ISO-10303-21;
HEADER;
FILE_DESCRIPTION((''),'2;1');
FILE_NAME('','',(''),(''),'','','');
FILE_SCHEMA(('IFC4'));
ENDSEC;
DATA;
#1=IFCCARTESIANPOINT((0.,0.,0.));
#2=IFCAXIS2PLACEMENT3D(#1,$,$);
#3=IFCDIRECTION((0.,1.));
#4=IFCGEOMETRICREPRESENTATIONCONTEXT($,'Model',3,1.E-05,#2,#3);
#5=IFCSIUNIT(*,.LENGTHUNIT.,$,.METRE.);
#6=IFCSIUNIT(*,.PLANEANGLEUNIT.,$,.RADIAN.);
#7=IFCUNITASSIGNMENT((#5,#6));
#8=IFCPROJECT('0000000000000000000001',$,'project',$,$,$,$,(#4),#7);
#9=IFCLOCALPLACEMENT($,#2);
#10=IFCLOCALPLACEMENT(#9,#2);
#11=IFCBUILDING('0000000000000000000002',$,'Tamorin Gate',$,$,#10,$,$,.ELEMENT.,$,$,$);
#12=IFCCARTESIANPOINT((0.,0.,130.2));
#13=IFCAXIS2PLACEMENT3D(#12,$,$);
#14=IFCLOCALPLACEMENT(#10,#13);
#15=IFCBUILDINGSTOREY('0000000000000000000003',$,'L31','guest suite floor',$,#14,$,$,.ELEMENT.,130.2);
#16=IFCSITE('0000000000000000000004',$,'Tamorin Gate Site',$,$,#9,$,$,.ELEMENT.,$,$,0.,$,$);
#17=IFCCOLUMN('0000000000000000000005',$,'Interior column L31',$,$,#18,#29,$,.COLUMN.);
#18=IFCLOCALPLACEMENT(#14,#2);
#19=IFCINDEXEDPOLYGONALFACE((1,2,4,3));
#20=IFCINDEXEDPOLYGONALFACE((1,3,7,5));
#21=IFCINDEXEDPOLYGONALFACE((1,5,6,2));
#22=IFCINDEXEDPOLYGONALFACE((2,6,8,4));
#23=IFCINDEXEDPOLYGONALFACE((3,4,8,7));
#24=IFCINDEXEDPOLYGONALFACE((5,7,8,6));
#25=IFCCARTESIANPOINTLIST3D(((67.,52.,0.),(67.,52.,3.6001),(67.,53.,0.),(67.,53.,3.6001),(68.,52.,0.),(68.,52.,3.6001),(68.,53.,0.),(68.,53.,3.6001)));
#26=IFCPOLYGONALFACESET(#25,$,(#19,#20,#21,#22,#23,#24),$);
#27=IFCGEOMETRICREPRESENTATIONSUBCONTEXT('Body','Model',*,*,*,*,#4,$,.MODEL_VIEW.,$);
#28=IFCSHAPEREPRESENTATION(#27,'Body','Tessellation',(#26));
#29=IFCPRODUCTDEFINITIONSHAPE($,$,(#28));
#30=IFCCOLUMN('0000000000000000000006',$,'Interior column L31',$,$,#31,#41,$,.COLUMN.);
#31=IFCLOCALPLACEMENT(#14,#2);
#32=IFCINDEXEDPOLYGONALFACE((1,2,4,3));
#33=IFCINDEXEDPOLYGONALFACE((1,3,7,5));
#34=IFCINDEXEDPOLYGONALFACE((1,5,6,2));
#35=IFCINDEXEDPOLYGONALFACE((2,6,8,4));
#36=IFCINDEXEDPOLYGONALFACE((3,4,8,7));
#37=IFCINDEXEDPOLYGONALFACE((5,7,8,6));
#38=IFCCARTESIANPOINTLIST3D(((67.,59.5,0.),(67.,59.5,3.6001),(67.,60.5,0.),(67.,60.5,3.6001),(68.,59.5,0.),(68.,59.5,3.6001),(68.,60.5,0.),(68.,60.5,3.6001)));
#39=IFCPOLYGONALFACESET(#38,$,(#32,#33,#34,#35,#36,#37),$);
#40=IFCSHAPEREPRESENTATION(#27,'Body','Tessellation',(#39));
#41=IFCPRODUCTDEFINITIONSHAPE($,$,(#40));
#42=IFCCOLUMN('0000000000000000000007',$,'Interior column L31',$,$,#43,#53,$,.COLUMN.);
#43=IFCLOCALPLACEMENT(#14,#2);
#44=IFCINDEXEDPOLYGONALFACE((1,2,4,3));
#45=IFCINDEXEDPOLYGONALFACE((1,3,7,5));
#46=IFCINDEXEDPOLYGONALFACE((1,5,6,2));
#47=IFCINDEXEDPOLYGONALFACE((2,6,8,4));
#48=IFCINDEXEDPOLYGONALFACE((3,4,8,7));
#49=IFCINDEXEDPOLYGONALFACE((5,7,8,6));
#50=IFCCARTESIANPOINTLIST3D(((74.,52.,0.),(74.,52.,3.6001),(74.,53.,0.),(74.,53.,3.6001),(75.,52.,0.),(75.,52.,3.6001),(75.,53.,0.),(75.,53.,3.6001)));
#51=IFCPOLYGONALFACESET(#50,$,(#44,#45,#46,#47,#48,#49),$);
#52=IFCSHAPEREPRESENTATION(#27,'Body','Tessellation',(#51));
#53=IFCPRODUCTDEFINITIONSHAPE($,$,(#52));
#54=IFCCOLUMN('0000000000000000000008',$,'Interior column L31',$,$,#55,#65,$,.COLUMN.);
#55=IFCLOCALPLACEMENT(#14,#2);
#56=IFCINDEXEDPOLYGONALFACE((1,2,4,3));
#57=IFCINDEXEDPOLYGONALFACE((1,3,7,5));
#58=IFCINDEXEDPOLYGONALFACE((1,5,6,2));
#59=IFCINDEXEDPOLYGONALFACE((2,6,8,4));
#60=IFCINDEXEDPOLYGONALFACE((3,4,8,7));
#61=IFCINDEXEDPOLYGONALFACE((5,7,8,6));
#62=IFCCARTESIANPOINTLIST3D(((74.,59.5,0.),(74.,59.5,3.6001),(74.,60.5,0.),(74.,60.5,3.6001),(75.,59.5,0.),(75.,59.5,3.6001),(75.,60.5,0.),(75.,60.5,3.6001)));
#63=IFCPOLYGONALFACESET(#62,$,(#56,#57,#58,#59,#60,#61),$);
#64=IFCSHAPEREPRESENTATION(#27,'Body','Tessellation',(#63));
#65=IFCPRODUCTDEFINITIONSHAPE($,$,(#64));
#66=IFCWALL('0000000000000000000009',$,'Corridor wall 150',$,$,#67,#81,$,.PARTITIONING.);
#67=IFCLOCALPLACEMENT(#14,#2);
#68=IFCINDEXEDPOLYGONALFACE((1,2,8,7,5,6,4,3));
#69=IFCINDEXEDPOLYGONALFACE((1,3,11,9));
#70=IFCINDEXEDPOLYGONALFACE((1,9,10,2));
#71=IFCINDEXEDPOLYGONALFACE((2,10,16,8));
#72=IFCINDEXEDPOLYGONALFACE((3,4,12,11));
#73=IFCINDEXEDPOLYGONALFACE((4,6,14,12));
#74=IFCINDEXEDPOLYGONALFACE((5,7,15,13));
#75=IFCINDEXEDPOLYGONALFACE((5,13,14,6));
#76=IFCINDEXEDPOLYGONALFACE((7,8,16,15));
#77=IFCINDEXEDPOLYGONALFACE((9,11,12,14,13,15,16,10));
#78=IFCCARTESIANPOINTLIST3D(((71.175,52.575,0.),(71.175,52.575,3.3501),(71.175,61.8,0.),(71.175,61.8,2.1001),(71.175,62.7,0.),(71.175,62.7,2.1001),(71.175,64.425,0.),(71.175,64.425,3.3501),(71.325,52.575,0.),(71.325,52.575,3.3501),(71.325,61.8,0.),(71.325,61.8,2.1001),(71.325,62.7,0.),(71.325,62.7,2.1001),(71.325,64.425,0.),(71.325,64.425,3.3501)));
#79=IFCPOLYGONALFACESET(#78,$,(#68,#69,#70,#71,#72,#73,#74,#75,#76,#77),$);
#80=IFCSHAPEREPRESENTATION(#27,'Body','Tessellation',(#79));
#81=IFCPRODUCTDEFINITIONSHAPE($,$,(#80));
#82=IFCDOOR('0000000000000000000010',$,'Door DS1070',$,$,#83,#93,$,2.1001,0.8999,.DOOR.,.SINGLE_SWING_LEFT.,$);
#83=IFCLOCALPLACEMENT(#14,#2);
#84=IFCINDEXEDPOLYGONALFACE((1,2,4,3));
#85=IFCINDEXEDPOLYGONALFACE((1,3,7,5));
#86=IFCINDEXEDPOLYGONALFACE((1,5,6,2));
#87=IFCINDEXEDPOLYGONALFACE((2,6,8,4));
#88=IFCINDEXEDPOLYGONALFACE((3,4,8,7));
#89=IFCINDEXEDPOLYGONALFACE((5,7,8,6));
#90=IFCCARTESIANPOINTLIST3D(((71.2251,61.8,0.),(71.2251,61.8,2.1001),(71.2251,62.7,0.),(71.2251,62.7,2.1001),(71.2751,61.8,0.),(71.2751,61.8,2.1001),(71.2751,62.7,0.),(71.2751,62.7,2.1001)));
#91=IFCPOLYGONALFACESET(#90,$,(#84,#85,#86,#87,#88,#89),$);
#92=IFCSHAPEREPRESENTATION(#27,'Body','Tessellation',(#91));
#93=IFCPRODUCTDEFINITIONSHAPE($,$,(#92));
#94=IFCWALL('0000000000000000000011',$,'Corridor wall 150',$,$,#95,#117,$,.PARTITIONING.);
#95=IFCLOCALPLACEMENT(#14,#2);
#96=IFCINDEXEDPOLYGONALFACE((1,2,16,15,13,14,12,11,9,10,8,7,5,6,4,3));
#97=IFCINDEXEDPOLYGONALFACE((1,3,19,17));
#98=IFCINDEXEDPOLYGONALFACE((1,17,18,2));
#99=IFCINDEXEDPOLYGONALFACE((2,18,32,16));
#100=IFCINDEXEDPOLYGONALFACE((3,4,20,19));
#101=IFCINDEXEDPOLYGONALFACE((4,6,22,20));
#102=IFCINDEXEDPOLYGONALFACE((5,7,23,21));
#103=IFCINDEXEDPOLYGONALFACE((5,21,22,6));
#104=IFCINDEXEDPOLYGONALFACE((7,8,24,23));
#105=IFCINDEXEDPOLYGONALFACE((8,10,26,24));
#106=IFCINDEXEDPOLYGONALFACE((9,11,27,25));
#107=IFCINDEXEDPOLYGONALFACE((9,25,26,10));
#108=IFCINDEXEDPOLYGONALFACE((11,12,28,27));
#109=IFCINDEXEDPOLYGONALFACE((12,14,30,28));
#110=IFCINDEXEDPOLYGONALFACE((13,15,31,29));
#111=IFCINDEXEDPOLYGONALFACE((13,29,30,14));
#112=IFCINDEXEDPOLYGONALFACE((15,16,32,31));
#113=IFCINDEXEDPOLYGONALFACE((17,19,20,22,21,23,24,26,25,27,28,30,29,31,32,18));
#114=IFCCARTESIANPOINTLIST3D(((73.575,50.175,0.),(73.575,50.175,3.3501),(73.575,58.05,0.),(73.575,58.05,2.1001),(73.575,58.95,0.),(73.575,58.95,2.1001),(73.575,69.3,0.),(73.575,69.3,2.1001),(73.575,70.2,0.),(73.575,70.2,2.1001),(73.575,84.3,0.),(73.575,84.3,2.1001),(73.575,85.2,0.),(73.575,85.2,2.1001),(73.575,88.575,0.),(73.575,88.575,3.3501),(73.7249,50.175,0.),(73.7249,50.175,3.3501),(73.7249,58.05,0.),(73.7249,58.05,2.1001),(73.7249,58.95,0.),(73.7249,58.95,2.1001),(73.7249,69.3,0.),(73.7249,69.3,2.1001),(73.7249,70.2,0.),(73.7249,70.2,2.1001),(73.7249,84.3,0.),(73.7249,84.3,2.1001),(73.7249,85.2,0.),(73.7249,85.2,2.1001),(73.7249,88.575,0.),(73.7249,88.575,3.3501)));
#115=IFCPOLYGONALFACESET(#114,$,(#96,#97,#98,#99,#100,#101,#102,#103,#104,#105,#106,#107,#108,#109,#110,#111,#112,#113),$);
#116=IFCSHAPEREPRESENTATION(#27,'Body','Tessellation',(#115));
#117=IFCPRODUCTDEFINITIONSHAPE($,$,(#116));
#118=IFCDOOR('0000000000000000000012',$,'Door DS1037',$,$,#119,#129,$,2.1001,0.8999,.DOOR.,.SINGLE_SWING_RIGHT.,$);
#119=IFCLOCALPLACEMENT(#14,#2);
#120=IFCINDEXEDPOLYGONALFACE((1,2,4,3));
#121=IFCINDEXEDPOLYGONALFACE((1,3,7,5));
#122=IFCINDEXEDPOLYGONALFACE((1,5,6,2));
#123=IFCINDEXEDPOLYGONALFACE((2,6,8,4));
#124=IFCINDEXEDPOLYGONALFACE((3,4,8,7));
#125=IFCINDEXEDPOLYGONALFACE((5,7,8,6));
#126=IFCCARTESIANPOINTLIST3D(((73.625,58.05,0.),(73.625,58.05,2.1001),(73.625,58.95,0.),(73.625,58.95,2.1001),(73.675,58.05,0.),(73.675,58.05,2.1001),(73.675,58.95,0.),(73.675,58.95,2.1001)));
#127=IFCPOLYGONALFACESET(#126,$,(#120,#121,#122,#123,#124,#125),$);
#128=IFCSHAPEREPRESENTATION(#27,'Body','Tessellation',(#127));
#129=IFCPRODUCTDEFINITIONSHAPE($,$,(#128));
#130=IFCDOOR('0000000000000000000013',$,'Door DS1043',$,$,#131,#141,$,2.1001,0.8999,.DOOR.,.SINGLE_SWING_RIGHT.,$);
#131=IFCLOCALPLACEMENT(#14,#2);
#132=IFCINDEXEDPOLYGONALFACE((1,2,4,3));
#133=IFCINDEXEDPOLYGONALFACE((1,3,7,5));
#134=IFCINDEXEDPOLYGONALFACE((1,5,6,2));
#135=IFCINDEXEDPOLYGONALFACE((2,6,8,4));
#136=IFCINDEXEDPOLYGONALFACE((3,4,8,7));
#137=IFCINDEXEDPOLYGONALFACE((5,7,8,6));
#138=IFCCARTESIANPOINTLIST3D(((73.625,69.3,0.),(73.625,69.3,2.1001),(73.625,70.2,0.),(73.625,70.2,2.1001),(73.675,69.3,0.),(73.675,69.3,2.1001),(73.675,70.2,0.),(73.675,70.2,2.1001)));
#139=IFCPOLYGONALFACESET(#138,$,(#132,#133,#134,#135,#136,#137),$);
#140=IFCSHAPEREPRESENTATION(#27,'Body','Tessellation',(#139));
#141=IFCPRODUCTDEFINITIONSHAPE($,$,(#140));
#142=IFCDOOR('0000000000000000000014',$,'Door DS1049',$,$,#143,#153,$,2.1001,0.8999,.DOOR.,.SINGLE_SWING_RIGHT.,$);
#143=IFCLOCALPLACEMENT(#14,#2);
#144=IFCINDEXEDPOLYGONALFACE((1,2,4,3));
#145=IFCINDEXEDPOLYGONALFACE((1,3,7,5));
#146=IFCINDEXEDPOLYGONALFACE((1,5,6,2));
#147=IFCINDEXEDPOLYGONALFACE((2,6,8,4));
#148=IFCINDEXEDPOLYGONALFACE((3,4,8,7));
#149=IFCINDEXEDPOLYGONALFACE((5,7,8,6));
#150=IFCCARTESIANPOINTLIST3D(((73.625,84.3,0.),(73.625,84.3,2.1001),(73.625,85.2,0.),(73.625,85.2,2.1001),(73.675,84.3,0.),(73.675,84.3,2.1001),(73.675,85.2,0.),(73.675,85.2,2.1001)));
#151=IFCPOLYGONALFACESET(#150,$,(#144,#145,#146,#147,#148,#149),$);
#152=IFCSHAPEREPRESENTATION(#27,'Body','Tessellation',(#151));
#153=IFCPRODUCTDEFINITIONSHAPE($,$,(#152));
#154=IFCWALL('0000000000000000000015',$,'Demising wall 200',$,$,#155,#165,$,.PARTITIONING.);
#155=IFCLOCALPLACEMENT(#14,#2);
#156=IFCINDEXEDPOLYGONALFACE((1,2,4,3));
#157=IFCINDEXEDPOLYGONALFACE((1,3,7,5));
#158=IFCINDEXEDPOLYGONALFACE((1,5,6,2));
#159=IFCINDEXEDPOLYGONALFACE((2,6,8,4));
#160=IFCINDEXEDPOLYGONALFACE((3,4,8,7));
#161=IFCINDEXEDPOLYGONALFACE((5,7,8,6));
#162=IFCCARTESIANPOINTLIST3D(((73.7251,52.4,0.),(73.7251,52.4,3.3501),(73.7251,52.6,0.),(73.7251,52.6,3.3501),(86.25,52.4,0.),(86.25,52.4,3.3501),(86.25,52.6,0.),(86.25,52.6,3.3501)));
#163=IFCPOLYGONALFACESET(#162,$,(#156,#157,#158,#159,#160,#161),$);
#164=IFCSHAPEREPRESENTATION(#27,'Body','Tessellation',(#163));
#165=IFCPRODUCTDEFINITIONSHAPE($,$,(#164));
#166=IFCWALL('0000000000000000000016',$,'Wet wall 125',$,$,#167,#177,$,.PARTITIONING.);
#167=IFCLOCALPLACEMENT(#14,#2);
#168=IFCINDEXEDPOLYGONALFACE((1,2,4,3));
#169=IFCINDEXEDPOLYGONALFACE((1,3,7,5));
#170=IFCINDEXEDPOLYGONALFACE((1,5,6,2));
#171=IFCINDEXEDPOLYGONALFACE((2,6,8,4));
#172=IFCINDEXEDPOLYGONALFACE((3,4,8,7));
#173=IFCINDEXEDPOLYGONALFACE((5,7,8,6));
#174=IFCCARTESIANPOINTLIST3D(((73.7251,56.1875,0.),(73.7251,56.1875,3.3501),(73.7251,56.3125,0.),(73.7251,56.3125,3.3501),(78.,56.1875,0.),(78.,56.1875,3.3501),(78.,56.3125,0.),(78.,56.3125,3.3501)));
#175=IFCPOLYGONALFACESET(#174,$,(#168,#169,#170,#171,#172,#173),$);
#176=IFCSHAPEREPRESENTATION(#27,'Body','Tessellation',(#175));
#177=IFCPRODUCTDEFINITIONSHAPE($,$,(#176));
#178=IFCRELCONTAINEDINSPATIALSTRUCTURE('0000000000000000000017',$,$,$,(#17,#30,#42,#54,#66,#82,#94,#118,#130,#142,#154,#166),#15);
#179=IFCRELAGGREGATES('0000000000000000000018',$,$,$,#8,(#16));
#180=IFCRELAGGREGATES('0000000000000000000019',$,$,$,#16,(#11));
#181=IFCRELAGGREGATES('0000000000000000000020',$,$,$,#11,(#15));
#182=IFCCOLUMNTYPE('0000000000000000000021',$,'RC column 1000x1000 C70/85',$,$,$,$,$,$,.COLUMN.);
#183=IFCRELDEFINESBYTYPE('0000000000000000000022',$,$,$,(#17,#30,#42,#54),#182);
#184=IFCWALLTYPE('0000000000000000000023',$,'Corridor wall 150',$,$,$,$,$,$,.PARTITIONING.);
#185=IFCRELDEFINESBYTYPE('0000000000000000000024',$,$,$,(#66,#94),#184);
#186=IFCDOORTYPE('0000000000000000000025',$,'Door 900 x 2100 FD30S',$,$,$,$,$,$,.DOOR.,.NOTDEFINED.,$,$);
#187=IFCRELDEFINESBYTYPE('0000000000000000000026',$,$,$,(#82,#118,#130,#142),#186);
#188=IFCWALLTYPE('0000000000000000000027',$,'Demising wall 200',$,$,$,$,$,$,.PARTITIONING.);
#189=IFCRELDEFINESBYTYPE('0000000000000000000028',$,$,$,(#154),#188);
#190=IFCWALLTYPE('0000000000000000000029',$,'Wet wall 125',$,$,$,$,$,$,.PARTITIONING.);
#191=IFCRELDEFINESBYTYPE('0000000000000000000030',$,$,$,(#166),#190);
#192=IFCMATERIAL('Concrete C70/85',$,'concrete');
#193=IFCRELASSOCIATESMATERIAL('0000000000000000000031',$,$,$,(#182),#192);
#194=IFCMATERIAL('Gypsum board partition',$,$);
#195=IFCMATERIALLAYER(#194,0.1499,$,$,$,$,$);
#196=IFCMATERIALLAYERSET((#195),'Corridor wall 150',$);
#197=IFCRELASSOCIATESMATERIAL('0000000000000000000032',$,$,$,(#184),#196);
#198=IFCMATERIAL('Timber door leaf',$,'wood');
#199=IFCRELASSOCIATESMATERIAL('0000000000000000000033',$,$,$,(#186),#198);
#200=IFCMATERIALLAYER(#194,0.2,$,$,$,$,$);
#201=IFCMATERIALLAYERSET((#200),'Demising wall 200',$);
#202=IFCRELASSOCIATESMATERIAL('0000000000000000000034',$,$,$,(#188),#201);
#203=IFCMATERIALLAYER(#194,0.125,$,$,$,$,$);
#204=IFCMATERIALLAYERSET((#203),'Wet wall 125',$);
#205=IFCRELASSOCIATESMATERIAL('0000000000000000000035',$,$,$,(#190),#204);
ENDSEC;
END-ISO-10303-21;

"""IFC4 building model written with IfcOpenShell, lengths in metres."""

from ifc_helpers import new_model, si_unit, direction, frame, frame_2d, origin, origin_2d, place, context, subcontext, project, spatial, rectangle, extrude, material, layer, layer_set, material_profile, profile_set, type_object, element, fill, save


model = new_model("IFC4")

# Units and contexts
model_context = context("Model", 3, precision=1e-05, world=origin(), true_north=direction((0.0, 1.0)))
body_context = subcontext(model_context, "Body", "Model", "MODEL_VIEW")
ifc_project = project(units=[si_unit("LENGTHUNIT", "METRE"), si_unit("PLANEANGLEUNIT", "RADIAN")], contexts=[model_context])

# Site, building, storey
site_placement = place(None, origin())
site = spatial("IfcSite", under=ifc_project, at=site_placement, Name="Tamorin Gate Site", CompositionType="ELEMENT", RefElevation=0.0)
building_placement = place(site_placement, origin())
building = spatial("IfcBuilding", under=site, at=building_placement, Name="Tamorin Gate", CompositionType="ELEMENT")
storey_placement = place(building_placement, frame((0.0, 0.0, 130.2)))
storey = spatial("IfcBuildingStorey", under=building, at=storey_placement, Name="L31", Description="guest suite floor", CompositionType="ELEMENT", Elevation=130.2)

# Columns
ifc_material_1 = material(Name="Concrete C70/85", Category="concrete")
ifc_material_profile = material_profile(ifc_material_1, rectangle(XDim=1.0, YDim=1.0, at=origin_2d()), Name="RC 1000x1000")
ifc_profile_set = profile_set([ifc_material_profile], Name="Concrete C70/85")
column_type = type_object("IfcColumnType", Name="RC column 1000x1000 C70/85", PredefinedType="COLUMN", material=ifc_profile_set)
for number, where, z_axis, x_axis, name in (
    (1, (67.5, 52.5, 0.0), (0.0, 0.0, 1.0), (1.0, 0.0, 0.0), "Interior column L31"),
    (2, (67.5, 60.0, 0.0), (0.0, 0.0, 1.0), (1.0, 0.0, 0.0), "Interior column L31"),
    (3, (74.5, 52.5, 0.0), (0.0, 0.0, 1.0), (1.0, 0.0, 0.0), "Interior column L31"),
    (4, (74.5, 60.0, 0.0), (0.0, 0.0, 1.0), (1.0, 0.0, 0.0), "Interior column L31"),
):
    element("IfcColumn", number, at=place(storey_placement, frame(where, z_axis=z_axis, x_axis=x_axis)), inside=storey, type_object=column_type, Name=name, PredefinedType="COLUMN", context=body_context, shape_type="SweptSolid", body=[
        extrude(rectangle(XDim=1.0, YDim=1.0, at=origin_2d()), origin(), (0.0, 0.0, 1.0), 3.6001),
    ])

# Wall, opening, door
ifc_material_2 = material(Name="Gypsum board partition")
ifc_layer_1 = layer(ifc_material_2, 0.1499)
ifc_layer_set_1 = layer_set([ifc_layer_1], Name="Corridor wall 150")
wall_type_1 = type_object("IfcWallType", Name="Corridor wall 150", PredefinedType="PARTITIONING", material=ifc_layer_set_1)
wall_1_placement = place(storey_placement, frame((71.25, 52.575, 0.0), z_axis=(0.0, 0.0, 1.0), x_axis=(0.0, 1.0, 0.0)))
wall_1 = element("IfcWall", 5, at=wall_1_placement, inside=storey, type_object=wall_type_1, Name="Corridor wall 150", PredefinedType="PARTITIONING", context=body_context, shape_type="SweptSolid", body=[
    extrude(rectangle(XDim=11.8501, YDim=0.1499, at=frame_2d((5.925, 0.0))), origin(), (0.0, 0.0, 1.0), 3.3501),
])
opening_1_placement = place(wall_1_placement, frame((9.2251, 0.0, 0.0)))
opening_1 = element("IfcOpeningElement", 6, at=opening_1_placement, cuts=wall_1, PredefinedType="OPENING", context=body_context, shape_type="SweptSolid", body=[
    extrude(rectangle(XDim=0.8999, YDim=2.1001, at=frame_2d((0.45, 1.05))), frame((0.0, 0.085, 0.0), z_axis=(0.0, -1.0, 0.0), x_axis=(1.0, 0.0, 0.0)), (0.0, 0.0, 1.0), 0.1699),
])
ifc_material_3 = material(Name="Timber door leaf", Category="wood")
door_type_1 = type_object("IfcDoorType", Name="Door 900 x 2100 FD30S", OperationType="NOTDEFINED", PredefinedType="DOOR", material=ifc_material_3)
door_1_placement = place(opening_1_placement, origin())
door_1 = element("IfcDoor", 7, at=door_1_placement, inside=storey, type_object=door_type_1, Name="Door DS1070", OperationType="SINGLE_SWING_LEFT", OverallHeight=2.1001, OverallWidth=0.8999, PredefinedType="DOOR", context=body_context, shape_type="SweptSolid", body=[
    extrude(rectangle(XDim=0.8999, YDim=2.1001, at=frame_2d((0.45, 1.05))), frame((0.0, 0.0249, 0.0), z_axis=(0.0, -1.0, 0.0), x_axis=(1.0, 0.0, 0.0)), (0.0, 0.0, 1.0), 0.05),
])
fill(opening_1, door_1)

# Wall, openings, doors
wall_2_placement = place(storey_placement, frame((73.6499, 50.175, 0.0), z_axis=(0.0, 0.0, 1.0), x_axis=(0.0, 1.0, 0.0)))
wall_2 = element("IfcWall", 8, at=wall_2_placement, inside=storey, type_object=wall_type_1, Name="Corridor wall 150", PredefinedType="PARTITIONING", context=body_context, shape_type="SweptSolid", body=[
    extrude(rectangle(XDim=38.3999, YDim=0.1499, at=frame_2d((19.2, 0.0))), origin(), (0.0, 0.0, 1.0), 3.3501),
])
opening_2_placement = place(wall_2_placement, frame((7.875, 0.0, 0.0)))
opening_2 = element("IfcOpeningElement", 9, at=opening_2_placement, cuts=wall_2, PredefinedType="OPENING", context=body_context, shape_type="SweptSolid", body=[
    extrude(rectangle(XDim=0.8999, YDim=2.1001, at=frame_2d((0.45, 1.05))), frame((0.0, 0.085, 0.0), z_axis=(0.0, -1.0, 0.0), x_axis=(1.0, 0.0, 0.0)), (0.0, 0.0, 1.0), 0.1699),
])
opening_3_placement = place(wall_2_placement, frame((19.125, 0.0, 0.0)))
opening_3 = element("IfcOpeningElement", 10, at=opening_3_placement, cuts=wall_2, PredefinedType="OPENING", context=body_context, shape_type="SweptSolid", body=[
    extrude(rectangle(XDim=0.8999, YDim=2.1001, at=frame_2d((0.45, 1.05))), frame((0.0, 0.085, 0.0), z_axis=(0.0, -1.0, 0.0), x_axis=(1.0, 0.0, 0.0)), (0.0, 0.0, 1.0), 0.1699),
])
opening_4_placement = place(wall_2_placement, frame((34.125, 0.0, 0.0)))
opening_4 = element("IfcOpeningElement", 11, at=opening_4_placement, cuts=wall_2, PredefinedType="OPENING", context=body_context, shape_type="SweptSolid", body=[
    extrude(rectangle(XDim=0.8999, YDim=2.1001, at=frame_2d((0.45, 1.05))), frame((0.0, 0.085, 0.0), z_axis=(0.0, -1.0, 0.0), x_axis=(1.0, 0.0, 0.0)), (0.0, 0.0, 1.0), 0.1699),
])
door_2_placement = place(opening_2_placement, origin())
door_2 = element("IfcDoor", 12, at=door_2_placement, inside=storey, type_object=door_type_1, Name="Door DS1037", OperationType="SINGLE_SWING_RIGHT", OverallHeight=2.1001, OverallWidth=0.8999, PredefinedType="DOOR", context=body_context, shape_type="SweptSolid", body=[
    extrude(rectangle(XDim=0.8999, YDim=2.1001, at=frame_2d((0.45, 1.05))), frame((0.0, 0.0249, 0.0), z_axis=(0.0, -1.0, 0.0), x_axis=(1.0, 0.0, 0.0)), (0.0, 0.0, 1.0), 0.05),
])
fill(opening_2, door_2)
door_3_placement = place(opening_3_placement, origin())
door_3 = element("IfcDoor", 13, at=door_3_placement, inside=storey, type_object=door_type_1, Name="Door DS1043", OperationType="SINGLE_SWING_RIGHT", OverallHeight=2.1001, OverallWidth=0.8999, PredefinedType="DOOR", context=body_context, shape_type="SweptSolid", body=[
    extrude(rectangle(XDim=0.8999, YDim=2.1001, at=frame_2d((0.45, 1.05))), frame((0.0, 0.0249, 0.0), z_axis=(0.0, -1.0, 0.0), x_axis=(1.0, 0.0, 0.0)), (0.0, 0.0, 1.0), 0.05),
])
fill(opening_3, door_3)
door_4_placement = place(opening_4_placement, origin())
door_4 = element("IfcDoor", 14, at=door_4_placement, inside=storey, type_object=door_type_1, Name="Door DS1049", OperationType="SINGLE_SWING_RIGHT", OverallHeight=2.1001, OverallWidth=0.8999, PredefinedType="DOOR", context=body_context, shape_type="SweptSolid", body=[
    extrude(rectangle(XDim=0.8999, YDim=2.1001, at=frame_2d((0.45, 1.05))), frame((0.0, 0.0249, 0.0), z_axis=(0.0, -1.0, 0.0), x_axis=(1.0, 0.0, 0.0)), (0.0, 0.0, 1.0), 0.05),
])
fill(opening_4, door_4)

# Walls
ifc_layer_2 = layer(ifc_material_2, 0.2)
ifc_layer_set_2 = layer_set([ifc_layer_2], Name="Demising wall 200")
wall_type_2 = type_object("IfcWallType", Name="Demising wall 200", PredefinedType="PARTITIONING", material=ifc_layer_set_2)
wall_3_placement = place(storey_placement, frame((73.7251, 52.5, 0.0), z_axis=(0.0, 0.0, 1.0), x_axis=(1.0, 0.0, 0.0)))
element("IfcWall", 15, at=wall_3_placement, inside=storey, type_object=wall_type_2, Name="Demising wall 200", PredefinedType="PARTITIONING", context=body_context, shape_type="SweptSolid", body=[
    extrude(rectangle(XDim=12.5249, YDim=0.2, at=frame_2d((6.2625, 0.0))), origin(), (0.0, 0.0, 1.0), 3.3501),
])
ifc_layer_3 = layer(ifc_material_2, 0.125)
ifc_layer_set_3 = layer_set([ifc_layer_3], Name="Wet wall 125")
wall_type_3 = type_object("IfcWallType", Name="Wet wall 125", PredefinedType="PARTITIONING", material=ifc_layer_set_3)
wall_4_placement = place(storey_placement, frame((73.7251, 56.25, 0.0), z_axis=(0.0, 0.0, 1.0), x_axis=(1.0, 0.0, 0.0)))
element("IfcWall", 16, at=wall_4_placement, inside=storey, type_object=wall_type_3, Name="Wet wall 125", PredefinedType="PARTITIONING", context=body_context, shape_type="SweptSolid", body=[
    extrude(rectangle(XDim=4.2749, YDim=0.125, at=frame_2d((2.1375, 0.0))), origin(), (0.0, 0.0, 1.0), 3.3501),
])

save(model, "model.ifc")
